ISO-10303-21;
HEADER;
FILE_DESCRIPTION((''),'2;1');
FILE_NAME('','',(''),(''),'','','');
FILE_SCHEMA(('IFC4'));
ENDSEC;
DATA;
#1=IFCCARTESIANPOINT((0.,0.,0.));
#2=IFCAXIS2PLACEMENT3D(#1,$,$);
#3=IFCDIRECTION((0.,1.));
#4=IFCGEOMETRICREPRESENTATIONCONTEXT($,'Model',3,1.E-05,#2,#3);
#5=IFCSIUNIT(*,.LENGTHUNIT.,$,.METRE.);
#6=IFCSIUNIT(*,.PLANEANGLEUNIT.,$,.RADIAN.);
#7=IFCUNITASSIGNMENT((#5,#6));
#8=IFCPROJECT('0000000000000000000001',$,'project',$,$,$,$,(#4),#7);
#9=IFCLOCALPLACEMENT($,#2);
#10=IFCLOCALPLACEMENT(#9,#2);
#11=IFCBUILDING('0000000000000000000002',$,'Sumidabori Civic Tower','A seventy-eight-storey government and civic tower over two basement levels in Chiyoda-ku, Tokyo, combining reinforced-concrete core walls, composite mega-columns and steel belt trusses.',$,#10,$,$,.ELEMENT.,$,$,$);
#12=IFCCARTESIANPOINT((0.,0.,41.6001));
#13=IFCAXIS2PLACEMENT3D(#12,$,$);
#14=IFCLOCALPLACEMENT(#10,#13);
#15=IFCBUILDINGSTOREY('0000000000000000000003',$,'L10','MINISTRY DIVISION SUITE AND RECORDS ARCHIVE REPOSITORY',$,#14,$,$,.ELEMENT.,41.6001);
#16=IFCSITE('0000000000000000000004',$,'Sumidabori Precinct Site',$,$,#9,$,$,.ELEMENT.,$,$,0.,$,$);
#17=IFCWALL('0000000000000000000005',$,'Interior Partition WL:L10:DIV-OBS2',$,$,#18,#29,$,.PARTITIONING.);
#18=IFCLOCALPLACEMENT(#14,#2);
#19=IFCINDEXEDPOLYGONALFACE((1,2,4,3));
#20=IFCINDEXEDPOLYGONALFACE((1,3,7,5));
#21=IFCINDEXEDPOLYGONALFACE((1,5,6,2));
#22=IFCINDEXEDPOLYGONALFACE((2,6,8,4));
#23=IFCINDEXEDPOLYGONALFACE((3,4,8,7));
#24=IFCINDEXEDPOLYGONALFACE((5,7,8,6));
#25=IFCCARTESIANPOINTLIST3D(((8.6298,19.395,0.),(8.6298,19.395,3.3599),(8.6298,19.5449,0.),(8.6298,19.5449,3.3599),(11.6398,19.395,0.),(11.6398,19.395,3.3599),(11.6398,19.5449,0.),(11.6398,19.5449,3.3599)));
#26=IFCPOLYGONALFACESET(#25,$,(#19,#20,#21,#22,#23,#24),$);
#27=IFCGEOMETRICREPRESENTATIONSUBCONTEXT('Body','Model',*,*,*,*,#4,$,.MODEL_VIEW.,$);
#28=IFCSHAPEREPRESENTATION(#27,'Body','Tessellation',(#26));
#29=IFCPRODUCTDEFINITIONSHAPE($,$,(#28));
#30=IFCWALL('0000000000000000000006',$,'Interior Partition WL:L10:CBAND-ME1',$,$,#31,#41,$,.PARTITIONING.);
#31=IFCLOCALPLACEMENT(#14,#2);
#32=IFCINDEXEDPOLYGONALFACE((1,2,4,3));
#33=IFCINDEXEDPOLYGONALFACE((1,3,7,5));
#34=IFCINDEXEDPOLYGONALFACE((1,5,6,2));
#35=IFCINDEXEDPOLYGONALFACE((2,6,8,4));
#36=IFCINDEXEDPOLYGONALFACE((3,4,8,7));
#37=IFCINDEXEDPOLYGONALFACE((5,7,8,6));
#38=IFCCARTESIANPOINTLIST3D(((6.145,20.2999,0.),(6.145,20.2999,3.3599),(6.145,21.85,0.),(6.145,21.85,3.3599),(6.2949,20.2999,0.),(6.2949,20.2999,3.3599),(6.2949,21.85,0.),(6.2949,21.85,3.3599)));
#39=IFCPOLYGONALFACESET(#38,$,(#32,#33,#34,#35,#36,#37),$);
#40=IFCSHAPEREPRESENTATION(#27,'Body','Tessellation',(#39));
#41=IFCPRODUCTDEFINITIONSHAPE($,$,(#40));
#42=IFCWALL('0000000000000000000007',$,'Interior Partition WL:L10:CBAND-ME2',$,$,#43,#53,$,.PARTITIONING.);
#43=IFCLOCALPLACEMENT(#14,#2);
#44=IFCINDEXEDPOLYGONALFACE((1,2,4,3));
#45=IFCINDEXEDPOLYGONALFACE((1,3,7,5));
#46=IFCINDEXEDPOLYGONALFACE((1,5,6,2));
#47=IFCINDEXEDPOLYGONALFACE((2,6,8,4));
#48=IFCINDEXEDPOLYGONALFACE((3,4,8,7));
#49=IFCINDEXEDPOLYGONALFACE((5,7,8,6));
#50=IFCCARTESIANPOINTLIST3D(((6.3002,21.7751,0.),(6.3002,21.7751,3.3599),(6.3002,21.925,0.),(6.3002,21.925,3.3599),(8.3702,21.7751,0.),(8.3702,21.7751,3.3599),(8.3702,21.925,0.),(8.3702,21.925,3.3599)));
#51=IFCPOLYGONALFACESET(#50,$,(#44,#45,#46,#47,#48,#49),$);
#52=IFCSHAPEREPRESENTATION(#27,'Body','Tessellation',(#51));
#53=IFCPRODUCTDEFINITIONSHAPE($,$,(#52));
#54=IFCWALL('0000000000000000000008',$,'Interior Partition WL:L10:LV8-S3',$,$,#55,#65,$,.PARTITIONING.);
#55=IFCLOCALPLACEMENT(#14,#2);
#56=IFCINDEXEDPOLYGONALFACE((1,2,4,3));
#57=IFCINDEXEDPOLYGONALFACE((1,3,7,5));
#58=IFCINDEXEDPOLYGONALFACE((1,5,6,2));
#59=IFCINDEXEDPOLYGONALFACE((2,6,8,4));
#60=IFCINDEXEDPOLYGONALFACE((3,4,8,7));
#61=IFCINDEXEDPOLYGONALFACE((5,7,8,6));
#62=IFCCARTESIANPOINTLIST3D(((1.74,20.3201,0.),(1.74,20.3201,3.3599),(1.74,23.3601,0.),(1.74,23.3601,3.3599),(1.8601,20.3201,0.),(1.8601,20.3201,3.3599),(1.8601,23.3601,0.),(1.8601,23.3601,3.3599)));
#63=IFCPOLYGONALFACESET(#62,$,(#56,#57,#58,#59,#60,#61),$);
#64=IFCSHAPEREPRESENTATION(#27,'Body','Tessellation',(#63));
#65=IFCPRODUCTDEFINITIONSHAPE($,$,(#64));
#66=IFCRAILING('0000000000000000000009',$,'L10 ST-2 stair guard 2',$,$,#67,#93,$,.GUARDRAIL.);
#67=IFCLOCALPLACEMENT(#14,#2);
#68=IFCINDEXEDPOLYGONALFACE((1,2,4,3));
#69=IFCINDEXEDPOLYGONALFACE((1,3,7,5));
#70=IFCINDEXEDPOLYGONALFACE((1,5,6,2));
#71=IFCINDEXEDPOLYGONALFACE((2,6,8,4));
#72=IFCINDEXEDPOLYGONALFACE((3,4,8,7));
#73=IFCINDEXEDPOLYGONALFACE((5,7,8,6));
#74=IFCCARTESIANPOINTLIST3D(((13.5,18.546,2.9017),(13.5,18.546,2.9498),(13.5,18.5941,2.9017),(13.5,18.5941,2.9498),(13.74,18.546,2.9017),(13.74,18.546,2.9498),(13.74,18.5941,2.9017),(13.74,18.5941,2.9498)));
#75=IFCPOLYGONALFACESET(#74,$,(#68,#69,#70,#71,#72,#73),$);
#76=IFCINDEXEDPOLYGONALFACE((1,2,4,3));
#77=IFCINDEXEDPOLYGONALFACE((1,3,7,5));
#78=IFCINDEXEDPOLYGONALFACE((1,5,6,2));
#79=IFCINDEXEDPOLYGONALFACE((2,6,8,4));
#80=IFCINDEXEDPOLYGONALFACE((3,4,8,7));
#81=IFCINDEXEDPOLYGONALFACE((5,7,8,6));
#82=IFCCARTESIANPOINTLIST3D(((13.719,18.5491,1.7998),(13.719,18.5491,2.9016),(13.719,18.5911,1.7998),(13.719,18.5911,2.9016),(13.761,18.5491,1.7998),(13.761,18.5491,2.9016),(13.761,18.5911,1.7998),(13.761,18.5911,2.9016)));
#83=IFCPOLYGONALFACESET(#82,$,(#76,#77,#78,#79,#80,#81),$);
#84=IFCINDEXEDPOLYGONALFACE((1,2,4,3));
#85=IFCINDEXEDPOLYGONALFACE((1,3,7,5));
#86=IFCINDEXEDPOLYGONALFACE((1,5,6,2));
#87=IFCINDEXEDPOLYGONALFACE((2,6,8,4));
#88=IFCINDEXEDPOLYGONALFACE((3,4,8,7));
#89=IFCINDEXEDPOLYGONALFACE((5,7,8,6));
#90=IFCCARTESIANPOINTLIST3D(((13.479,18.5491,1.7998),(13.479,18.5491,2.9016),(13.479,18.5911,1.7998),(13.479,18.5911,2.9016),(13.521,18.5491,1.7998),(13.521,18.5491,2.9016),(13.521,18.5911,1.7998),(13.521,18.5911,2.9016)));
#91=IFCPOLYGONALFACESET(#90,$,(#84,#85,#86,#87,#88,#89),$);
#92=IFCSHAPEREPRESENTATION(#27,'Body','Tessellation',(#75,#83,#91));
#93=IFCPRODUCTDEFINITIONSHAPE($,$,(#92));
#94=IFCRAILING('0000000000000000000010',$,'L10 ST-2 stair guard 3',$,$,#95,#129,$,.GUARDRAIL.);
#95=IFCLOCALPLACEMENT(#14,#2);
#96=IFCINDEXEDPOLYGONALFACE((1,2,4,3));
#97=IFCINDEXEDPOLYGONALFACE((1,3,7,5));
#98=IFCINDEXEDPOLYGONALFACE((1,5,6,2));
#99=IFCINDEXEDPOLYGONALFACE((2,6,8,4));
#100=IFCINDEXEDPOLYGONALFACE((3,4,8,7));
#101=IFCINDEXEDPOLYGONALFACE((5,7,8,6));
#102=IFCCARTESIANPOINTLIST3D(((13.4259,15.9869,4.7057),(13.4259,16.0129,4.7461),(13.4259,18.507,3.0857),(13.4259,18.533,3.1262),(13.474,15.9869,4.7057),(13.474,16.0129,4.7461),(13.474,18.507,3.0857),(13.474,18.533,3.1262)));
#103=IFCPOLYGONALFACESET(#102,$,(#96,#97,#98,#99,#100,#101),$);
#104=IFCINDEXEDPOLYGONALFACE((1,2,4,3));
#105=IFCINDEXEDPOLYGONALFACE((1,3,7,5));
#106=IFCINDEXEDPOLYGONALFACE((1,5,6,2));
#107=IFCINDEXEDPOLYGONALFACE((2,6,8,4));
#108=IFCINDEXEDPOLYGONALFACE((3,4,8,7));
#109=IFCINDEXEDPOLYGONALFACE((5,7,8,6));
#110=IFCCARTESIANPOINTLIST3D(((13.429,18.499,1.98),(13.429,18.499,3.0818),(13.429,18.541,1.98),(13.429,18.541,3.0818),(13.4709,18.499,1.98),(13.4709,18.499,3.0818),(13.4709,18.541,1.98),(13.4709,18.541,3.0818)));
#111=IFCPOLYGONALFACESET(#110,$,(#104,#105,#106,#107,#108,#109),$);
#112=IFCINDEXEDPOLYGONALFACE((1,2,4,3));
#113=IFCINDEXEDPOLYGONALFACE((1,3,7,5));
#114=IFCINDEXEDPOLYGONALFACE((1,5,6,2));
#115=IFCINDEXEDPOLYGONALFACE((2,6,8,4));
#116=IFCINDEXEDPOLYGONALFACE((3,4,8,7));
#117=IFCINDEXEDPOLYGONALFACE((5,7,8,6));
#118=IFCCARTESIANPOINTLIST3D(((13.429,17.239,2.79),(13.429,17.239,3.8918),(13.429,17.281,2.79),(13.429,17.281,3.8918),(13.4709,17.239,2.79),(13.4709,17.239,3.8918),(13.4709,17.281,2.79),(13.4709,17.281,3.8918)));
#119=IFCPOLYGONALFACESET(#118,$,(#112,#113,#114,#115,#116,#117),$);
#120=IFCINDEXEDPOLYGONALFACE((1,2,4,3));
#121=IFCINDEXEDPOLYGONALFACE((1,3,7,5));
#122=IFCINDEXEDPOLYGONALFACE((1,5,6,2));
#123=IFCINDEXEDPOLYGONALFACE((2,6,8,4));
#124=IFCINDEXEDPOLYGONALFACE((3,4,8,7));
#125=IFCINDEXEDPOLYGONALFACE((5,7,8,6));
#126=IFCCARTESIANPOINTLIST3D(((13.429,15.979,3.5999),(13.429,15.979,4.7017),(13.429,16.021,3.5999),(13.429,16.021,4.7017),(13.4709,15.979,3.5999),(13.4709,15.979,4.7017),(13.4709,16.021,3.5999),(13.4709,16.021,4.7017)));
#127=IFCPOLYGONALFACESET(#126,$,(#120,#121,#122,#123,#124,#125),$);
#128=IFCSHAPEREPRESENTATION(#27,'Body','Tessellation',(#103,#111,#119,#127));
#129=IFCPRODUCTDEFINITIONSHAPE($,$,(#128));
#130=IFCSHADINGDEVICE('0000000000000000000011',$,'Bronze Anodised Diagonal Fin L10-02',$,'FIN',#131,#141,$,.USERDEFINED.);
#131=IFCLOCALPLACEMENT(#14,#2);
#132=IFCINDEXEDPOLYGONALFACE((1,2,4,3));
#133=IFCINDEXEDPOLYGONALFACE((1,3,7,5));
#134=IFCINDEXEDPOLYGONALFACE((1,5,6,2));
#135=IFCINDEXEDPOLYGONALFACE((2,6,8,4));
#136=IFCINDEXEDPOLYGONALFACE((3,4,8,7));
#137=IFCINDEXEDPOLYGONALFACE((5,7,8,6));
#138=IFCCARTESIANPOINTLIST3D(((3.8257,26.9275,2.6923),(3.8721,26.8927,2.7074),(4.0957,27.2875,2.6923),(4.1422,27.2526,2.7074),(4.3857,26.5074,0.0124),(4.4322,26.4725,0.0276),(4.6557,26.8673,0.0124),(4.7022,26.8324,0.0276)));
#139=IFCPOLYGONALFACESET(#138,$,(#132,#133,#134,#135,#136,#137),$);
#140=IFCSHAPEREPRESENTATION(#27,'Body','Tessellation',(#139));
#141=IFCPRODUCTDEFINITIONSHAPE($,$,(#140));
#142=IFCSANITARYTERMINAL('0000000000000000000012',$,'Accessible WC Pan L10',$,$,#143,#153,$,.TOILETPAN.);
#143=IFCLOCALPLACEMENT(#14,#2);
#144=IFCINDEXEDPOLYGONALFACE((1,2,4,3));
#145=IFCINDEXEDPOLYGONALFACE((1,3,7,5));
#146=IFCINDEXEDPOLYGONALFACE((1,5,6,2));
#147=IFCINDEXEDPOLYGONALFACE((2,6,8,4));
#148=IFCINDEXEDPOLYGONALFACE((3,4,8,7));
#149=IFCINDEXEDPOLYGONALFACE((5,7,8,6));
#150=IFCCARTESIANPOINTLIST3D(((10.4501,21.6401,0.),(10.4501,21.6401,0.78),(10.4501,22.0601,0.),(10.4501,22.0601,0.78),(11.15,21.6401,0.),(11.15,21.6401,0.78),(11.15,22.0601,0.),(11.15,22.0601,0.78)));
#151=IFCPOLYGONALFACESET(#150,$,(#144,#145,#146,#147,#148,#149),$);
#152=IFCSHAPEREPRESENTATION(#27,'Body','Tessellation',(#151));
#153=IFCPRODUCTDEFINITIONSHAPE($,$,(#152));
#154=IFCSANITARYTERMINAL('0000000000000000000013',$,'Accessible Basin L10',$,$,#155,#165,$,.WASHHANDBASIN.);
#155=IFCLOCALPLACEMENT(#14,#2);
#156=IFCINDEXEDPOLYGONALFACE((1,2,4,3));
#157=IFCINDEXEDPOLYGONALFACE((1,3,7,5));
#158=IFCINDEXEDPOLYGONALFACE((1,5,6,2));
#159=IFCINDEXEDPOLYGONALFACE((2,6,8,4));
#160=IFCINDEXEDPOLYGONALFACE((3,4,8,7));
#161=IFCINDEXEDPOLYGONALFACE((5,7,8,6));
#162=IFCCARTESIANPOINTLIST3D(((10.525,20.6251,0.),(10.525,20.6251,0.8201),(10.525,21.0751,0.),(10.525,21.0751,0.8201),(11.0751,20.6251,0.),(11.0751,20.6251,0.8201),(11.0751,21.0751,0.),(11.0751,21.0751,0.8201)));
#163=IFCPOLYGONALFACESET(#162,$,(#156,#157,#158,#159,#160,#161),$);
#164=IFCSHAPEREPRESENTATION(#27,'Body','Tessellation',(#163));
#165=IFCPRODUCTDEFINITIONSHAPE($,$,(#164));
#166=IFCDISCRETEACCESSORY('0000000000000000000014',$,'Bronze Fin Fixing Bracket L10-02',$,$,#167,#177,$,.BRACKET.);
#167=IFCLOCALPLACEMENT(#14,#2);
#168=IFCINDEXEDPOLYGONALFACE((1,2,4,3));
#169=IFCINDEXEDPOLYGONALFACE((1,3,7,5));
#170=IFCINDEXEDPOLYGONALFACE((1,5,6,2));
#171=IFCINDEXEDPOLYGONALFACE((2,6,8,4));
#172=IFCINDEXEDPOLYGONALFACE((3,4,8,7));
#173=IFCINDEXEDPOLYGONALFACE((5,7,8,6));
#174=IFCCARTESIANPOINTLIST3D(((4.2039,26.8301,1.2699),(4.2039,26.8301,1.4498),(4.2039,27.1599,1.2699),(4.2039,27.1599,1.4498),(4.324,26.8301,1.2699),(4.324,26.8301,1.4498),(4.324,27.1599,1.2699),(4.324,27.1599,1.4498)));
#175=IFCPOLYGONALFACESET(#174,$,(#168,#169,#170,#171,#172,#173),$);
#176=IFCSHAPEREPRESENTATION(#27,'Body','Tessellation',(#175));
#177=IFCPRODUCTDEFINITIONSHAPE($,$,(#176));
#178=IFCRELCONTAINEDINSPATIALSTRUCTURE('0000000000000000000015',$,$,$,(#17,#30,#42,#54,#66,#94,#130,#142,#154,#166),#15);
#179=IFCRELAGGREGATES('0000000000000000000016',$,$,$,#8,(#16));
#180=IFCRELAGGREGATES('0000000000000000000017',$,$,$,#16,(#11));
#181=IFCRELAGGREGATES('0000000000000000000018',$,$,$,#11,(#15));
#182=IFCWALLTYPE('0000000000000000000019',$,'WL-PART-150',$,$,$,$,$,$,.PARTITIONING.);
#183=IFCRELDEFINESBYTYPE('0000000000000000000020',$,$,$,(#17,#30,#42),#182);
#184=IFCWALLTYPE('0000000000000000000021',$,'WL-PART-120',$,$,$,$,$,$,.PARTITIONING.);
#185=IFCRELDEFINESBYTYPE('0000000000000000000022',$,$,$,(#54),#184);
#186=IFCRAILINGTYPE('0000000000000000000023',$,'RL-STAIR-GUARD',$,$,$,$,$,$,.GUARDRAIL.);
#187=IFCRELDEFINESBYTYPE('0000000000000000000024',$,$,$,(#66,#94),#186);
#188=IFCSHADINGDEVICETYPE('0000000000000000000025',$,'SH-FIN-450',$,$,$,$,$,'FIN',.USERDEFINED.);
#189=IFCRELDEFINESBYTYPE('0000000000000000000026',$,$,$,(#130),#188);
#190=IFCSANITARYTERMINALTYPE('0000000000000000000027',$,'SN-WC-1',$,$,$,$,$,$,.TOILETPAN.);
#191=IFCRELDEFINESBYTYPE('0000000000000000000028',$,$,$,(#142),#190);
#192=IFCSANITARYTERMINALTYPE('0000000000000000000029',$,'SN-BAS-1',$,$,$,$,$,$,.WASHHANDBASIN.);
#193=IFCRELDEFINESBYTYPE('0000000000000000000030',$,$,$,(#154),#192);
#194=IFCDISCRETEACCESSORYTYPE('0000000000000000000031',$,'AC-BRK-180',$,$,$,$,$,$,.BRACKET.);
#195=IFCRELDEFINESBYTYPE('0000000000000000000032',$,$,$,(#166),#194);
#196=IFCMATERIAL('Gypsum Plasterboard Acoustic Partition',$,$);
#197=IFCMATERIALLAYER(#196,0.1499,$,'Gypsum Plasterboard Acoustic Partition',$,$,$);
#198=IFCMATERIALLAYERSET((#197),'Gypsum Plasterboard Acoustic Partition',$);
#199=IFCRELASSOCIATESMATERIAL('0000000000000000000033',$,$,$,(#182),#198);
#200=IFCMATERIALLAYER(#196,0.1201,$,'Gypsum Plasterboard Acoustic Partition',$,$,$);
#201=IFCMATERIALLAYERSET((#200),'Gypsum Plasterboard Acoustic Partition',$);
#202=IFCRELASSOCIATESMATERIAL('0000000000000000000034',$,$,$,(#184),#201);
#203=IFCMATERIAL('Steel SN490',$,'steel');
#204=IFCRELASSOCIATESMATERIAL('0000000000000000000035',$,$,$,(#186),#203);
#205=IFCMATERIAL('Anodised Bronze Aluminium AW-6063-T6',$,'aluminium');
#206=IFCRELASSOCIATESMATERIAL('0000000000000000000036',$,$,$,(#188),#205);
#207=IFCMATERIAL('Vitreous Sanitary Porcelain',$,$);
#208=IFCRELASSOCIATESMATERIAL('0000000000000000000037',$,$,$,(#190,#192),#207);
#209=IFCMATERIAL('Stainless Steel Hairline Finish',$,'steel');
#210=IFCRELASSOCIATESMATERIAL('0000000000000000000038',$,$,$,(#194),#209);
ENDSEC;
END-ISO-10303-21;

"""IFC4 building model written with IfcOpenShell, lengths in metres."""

from ifc_helpers import new_model, si_unit, direction, frame, frame_2d, origin, origin_2d, place, context, subcontext, project, spatial, rectangle, extrude, source, transform, mapped, material, layer, layer_set, material_profile, profile_set, type_object, element, save


model = new_model("IFC4")

# Units and contexts
model_context = context("Model", 3, precision=1e-05, world=origin(), true_north=direction((0.0, 1.0)))
body_context = subcontext(model_context, "Body", "Model", "MODEL_VIEW")
ifc_project = project(units=[si_unit("LENGTHUNIT", "METRE"), si_unit("PLANEANGLEUNIT", "RADIAN")], contexts=[model_context])

# Site, building, storey
site_placement = place(None, origin())
site = spatial("IfcSite", under=ifc_project, at=site_placement, Name="Sumidabori Precinct Site", CompositionType="ELEMENT", RefElevation=0.0)
building_placement = place(site_placement, origin())
building = spatial("IfcBuilding", under=site, at=building_placement, Name="Sumidabori Civic Tower", Description="A seventy-eight-storey government and civic tower over two basement levels in Chiyoda-ku, Tokyo, combining reinforced-concrete core walls, composite mega-columns and steel belt trusses.", CompositionType="ELEMENT")
storey_placement = place(building_placement, frame((0.0, 0.0, 41.6001)))
storey = spatial("IfcBuildingStorey", under=building, at=storey_placement, Name="L10", Description="MINISTRY DIVISION SUITE AND RECORDS ARCHIVE REPOSITORY", CompositionType="ELEMENT", Elevation=41.6001)

# Shared definitions
ifc_material_1 = material(Name="Steel SN490", Category="steel")

# Shared definitions
ifc_material_2 = material(Name="Anodised Bronze Aluminium AW-6063-T6", Category="aluminium")

# Walls
ifc_material_3 = material(Name="Gypsum Plasterboard Acoustic Partition")
ifc_layer_1 = layer(ifc_material_3, 0.1499, Name="Gypsum Plasterboard Acoustic Partition")
ifc_layer_set_1 = layer_set([ifc_layer_1], Name="Gypsum Plasterboard Acoustic Partition")
wall_type_1 = type_object("IfcWallType", Name="WL-PART-150", PredefinedType="PARTITIONING", material=ifc_layer_set_1)
shared_shape_1 = source(origin(), body_context, "Body", "SweptSolid", [
    extrude(rectangle(XDim=3.01, YDim=0.1499, at=frame_2d((1.5049, 0.0))), origin(), (0.0, 0.0, 1.0), 3.3599),
])
wall_1_placement = place(storey_placement, frame((8.6299, 19.47, 0.0), z_axis=(0.0, 0.0, 1.0), x_axis=(1.0, 0.0, 0.0)))
element("IfcWall", 1, at=wall_1_placement, inside=storey, type_object=wall_type_1, Name="Interior Partition WL:L10:DIV-OBS2", PredefinedType="PARTITIONING", context=body_context, shape_type="MappedRepresentation", body=[
    mapped(shared_shape_1, transform((0.0, 0.0, 0.0), x_axis=(1.0, 0.0, 0.0), y_axis=(0.0, 1.0, 0.0), z_axis=(0.0, 0.0, 1.0), scale=1.0)),
])
shared_shape_2 = source(origin(), body_context, "Body", "SweptSolid", [
    extrude(rectangle(XDim=1.55, YDim=0.1499, at=frame_2d((0.7749, 0.0))), origin(), (0.0, 0.0, 1.0), 3.3599),
])
wall_2_placement = place(storey_placement, frame((6.22, 20.3, 0.0), z_axis=(0.0, 0.0, 1.0), x_axis=(0.0, 1.0, 0.0)))
element("IfcWall", 2, at=wall_2_placement, inside=storey, type_object=wall_type_1, Name="Interior Partition WL:L10:CBAND-ME1", PredefinedType="PARTITIONING", context=body_context, shape_type="MappedRepresentation", body=[
    mapped(shared_shape_2, transform((0.0, 0.0, 0.0), x_axis=(1.0, 0.0, 0.0), y_axis=(0.0, 1.0, 0.0), z_axis=(0.0, 0.0, 1.0), scale=1.0)),
])
shared_shape_3 = source(origin(), body_context, "Body", "SweptSolid", [
    extrude(rectangle(XDim=2.0701, YDim=0.1499, at=frame_2d((1.0352, 0.0))), origin(), (0.0, 0.0, 1.0), 3.3599),
])
wall_3_placement = place(storey_placement, frame((6.3, 21.8501, 0.0), z_axis=(0.0, 0.0, 1.0), x_axis=(1.0, 0.0, 0.0)))
element("IfcWall", 3, at=wall_3_placement, inside=storey, type_object=wall_type_1, Name="Interior Partition WL:L10:CBAND-ME2", PredefinedType="PARTITIONING", context=body_context, shape_type="MappedRepresentation", body=[
    mapped(shared_shape_3, transform((0.0, 0.0, 0.0), x_axis=(1.0, 0.0, 0.0), y_axis=(0.0, 1.0, 0.0), z_axis=(0.0, 0.0, 1.0), scale=1.0)),
])
ifc_layer_2 = layer(ifc_material_3, 0.1201, Name="Gypsum Plasterboard Acoustic Partition")
ifc_layer_set_2 = layer_set([ifc_layer_2], Name="Gypsum Plasterboard Acoustic Partition")
wall_type_2 = type_object("IfcWallType", Name="WL-PART-120", PredefinedType="PARTITIONING", material=ifc_layer_set_2)
shared_shape_4 = source(origin(), body_context, "Body", "SweptSolid", [
    extrude(rectangle(XDim=3.04, YDim=0.1201, at=frame_2d((1.52, 0.0))), origin(), (0.0, 0.0, 1.0), 3.3599),
])
wall_4_placement = place(storey_placement, frame((1.8, 20.3201, 0.0), z_axis=(0.0, 0.0, 1.0), x_axis=(0.0, 1.0, 0.0)))
element("IfcWall", 4, at=wall_4_placement, inside=storey, type_object=wall_type_2, Name="Interior Partition WL:L10:LV8-S3", PredefinedType="PARTITIONING", context=body_context, shape_type="MappedRepresentation", body=[
    mapped(shared_shape_4, transform((0.0, 0.0, 0.0), x_axis=(1.0, 0.0, 0.0), y_axis=(0.0, 1.0, 0.0), z_axis=(0.0, 0.0, 1.0), scale=1.0)),
])

# Railings
railing_type = type_object("IfcRailingType", Name="RL-STAIR-GUARD", PredefinedType="GUARDRAIL", material=ifc_material_1)
railing_1_placement = place(storey_placement, frame((13.74, 18.5701, 1.7998)))
element("IfcRailing", 5, at=railing_1_placement, inside=storey, type_object=railing_type, Name="L10 ST-2 stair guard 2", PredefinedType="GUARDRAIL", context=body_context, shape_type="SweptSolid", body=[
    extrude(rectangle(XDim=0.0481, YDim=0.0481, at=origin_2d()), frame((0.0, 0.0, 1.126), z_axis=(-1.0, 0.0, 0.0), x_axis=(0.0, -1.0, 0.0)), (0.0, 0.0, 1.0), 0.24),
    extrude(rectangle(XDim=0.042, YDim=0.042, at=origin_2d()), origin(), (0.0, 0.0, 1.0), 1.1018),
    extrude(rectangle(XDim=0.042, YDim=0.042, at=origin_2d()), frame((-0.24, 0.0, 0.0)), (0.0, 0.0, 1.0), 1.1018),
])
railing_2_placement = place(storey_placement, frame((13.45, 18.52, 1.98)))
element("IfcRailing", 6, at=railing_2_placement, inside=storey, type_object=railing_type, Name="L10 ST-2 stair guard 3", PredefinedType="GUARDRAIL", context=body_context, shape_type="SweptSolid", body=[
    extrude(rectangle(XDim=0.0481, YDim=0.0481, at=origin_2d()), frame((0.0, 0.0, 1.126), z_axis=(0.0, -0.8412, 0.540725), x_axis=(1.0, 0.0, 0.0)), (0.0, 0.0, 1.0), 2.9958),
    extrude(rectangle(XDim=0.042, YDim=0.042, at=origin_2d()), origin(), (0.0, 0.0, 1.0), 1.1018),
    extrude(rectangle(XDim=0.042, YDim=0.042, at=origin_2d()), frame((0.0, -1.26, 0.8101)), (0.0, 0.0, 1.0), 1.1018),
    extrude(rectangle(XDim=0.042, YDim=0.042, at=origin_2d()), frame((0.0, -2.52, 1.6199)), (0.0, 0.0, 1.0), 1.1018),
])

# Shading device
ifc_material_profile_1 = material_profile(ifc_material_2, rectangle(XDim=0.0601, YDim=0.45, at=origin_2d()), Name="BRONZE FIN 450x60")
ifc_profile_set_1 = profile_set([ifc_material_profile_1], Name="Anodised Bronze Aluminium AW-6063-T6")
shading_device_type = type_object("IfcShadingDeviceType", Name="SH-FIN-450", ElementType="FIN", PredefinedType="USERDEFINED", material=ifc_profile_set_1)
shared_shape_5 = source(origin(), body_context, "Body", "SweptSolid", [
    extrude(rectangle(XDim=0.0601, YDim=0.45, at=origin_2d()), origin(), (0.0, 0.0, 1.0), 2.7698),
])
shading_device_placement = place(storey_placement, frame((4.5439, 26.6699, 0.02), z_axis=(-0.202196, 0.151691, 0.967526), x_axis=(0.77394, -0.580624, 0.252771)))
element("IfcShadingDevice", 7, at=shading_device_placement, inside=storey, type_object=shading_device_type, Name="Bronze Anodised Diagonal Fin L10-02", ObjectType="FIN", PredefinedType="USERDEFINED", context=body_context, shape_type="MappedRepresentation", body=[
    mapped(shared_shape_5, transform((0.0, 0.0, 0.0), x_axis=(1.0, 0.0, 0.0), y_axis=(0.0, 1.0, 0.0), z_axis=(0.0, 0.0, 1.0), scale=1.0)),
])

# Sanitary terminals
ifc_material_4 = material(Name="Vitreous Sanitary Porcelain")
sanitary_terminal_type_1 = type_object("IfcSanitaryTerminalType", Name="SN-WC-1", PredefinedType="TOILETPAN", material=ifc_material_4)
shared_shape_6 = source(origin(), body_context, "Body", "SweptSolid", [
    extrude(rectangle(XDim=0.7, YDim=0.4199, at=origin_2d()), origin(), (0.0, 0.0, 1.0), 0.78),
])
sanitary_terminal_1_placement = place(storey_placement, frame((10.8, 21.8501, 0.0), z_axis=(0.0, 0.0, 1.0), x_axis=(1.0, 0.0, 0.0)))
element("IfcSanitaryTerminal", 8, at=sanitary_terminal_1_placement, inside=storey, type_object=sanitary_terminal_type_1, Name="Accessible WC Pan L10", PredefinedType="TOILETPAN", context=body_context, shape_type="MappedRepresentation", body=[
    mapped(shared_shape_6, transform((0.0, 0.0, 0.0), x_axis=(1.0, 0.0, 0.0), y_axis=(0.0, 1.0, 0.0), z_axis=(0.0, 0.0, 1.0), scale=1.0)),
])
sanitary_terminal_type_2 = type_object("IfcSanitaryTerminalType", Name="SN-BAS-1", PredefinedType="WASHHANDBASIN", material=ifc_material_4)
shared_shape_7 = source(origin(), body_context, "Body", "SweptSolid", [
    extrude(rectangle(XDim=0.55, YDim=0.45, at=origin_2d()), origin(), (0.0, 0.0, 1.0), 0.8201),
])
sanitary_terminal_2_placement = place(storey_placement, frame((10.8, 20.8501, 0.0), z_axis=(0.0, 0.0, 1.0), x_axis=(1.0, 0.0, 0.0)))
element("IfcSanitaryTerminal", 9, at=sanitary_terminal_2_placement, inside=storey, type_object=sanitary_terminal_type_2, Name="Accessible Basin L10", PredefinedType="WASHHANDBASIN", context=body_context, shape_type="MappedRepresentation", body=[
    mapped(shared_shape_7, transform((0.0, 0.0, 0.0), x_axis=(1.0, 0.0, 0.0), y_axis=(0.0, 1.0, 0.0), z_axis=(0.0, 0.0, 1.0), scale=1.0)),
])

# Discrete accessory
ifc_material_5 = material(Name="Stainless Steel Hairline Finish", Category="steel")
ifc_material_profile_2 = material_profile(ifc_material_5, rectangle(XDim=0.1201, YDim=0.1799, at=origin_2d()), Name="STEEL BRACKET 180x120")
ifc_profile_set_2 = profile_set([ifc_material_profile_2], Name="Stainless Steel Hairline Finish")
discrete_accessory_type = type_object("IfcDiscreteAccessoryType", Name="AC-BRK-180", PredefinedType="BRACKET", material=ifc_profile_set_2)
shared_shape_8 = source(origin(), body_context, "Body", "SweptSolid", [
    extrude(rectangle(XDim=0.1201, YDim=0.1799, at=origin_2d()), origin(), (0.0, 0.0, 1.0), 0.3298),
])
discrete_accessory_placement = place(storey_placement, frame((4.2639, 26.8301, 1.3599), z_axis=(0.0, 1.0, 0.0), x_axis=(-1.0, 0.0, 0.0)))
element("IfcDiscreteAccessory", 10, at=discrete_accessory_placement, inside=storey, type_object=discrete_accessory_type, Name="Bronze Fin Fixing Bracket L10-02", PredefinedType="BRACKET", context=body_context, shape_type="MappedRepresentation", body=[
    mapped(shared_shape_8, transform((0.0, 0.0, 0.0), x_axis=(1.0, 0.0, 0.0), y_axis=(0.0, 1.0, 0.0), z_axis=(0.0, 0.0, 1.0), scale=1.0)),
])

save(model, "model.ifc")
